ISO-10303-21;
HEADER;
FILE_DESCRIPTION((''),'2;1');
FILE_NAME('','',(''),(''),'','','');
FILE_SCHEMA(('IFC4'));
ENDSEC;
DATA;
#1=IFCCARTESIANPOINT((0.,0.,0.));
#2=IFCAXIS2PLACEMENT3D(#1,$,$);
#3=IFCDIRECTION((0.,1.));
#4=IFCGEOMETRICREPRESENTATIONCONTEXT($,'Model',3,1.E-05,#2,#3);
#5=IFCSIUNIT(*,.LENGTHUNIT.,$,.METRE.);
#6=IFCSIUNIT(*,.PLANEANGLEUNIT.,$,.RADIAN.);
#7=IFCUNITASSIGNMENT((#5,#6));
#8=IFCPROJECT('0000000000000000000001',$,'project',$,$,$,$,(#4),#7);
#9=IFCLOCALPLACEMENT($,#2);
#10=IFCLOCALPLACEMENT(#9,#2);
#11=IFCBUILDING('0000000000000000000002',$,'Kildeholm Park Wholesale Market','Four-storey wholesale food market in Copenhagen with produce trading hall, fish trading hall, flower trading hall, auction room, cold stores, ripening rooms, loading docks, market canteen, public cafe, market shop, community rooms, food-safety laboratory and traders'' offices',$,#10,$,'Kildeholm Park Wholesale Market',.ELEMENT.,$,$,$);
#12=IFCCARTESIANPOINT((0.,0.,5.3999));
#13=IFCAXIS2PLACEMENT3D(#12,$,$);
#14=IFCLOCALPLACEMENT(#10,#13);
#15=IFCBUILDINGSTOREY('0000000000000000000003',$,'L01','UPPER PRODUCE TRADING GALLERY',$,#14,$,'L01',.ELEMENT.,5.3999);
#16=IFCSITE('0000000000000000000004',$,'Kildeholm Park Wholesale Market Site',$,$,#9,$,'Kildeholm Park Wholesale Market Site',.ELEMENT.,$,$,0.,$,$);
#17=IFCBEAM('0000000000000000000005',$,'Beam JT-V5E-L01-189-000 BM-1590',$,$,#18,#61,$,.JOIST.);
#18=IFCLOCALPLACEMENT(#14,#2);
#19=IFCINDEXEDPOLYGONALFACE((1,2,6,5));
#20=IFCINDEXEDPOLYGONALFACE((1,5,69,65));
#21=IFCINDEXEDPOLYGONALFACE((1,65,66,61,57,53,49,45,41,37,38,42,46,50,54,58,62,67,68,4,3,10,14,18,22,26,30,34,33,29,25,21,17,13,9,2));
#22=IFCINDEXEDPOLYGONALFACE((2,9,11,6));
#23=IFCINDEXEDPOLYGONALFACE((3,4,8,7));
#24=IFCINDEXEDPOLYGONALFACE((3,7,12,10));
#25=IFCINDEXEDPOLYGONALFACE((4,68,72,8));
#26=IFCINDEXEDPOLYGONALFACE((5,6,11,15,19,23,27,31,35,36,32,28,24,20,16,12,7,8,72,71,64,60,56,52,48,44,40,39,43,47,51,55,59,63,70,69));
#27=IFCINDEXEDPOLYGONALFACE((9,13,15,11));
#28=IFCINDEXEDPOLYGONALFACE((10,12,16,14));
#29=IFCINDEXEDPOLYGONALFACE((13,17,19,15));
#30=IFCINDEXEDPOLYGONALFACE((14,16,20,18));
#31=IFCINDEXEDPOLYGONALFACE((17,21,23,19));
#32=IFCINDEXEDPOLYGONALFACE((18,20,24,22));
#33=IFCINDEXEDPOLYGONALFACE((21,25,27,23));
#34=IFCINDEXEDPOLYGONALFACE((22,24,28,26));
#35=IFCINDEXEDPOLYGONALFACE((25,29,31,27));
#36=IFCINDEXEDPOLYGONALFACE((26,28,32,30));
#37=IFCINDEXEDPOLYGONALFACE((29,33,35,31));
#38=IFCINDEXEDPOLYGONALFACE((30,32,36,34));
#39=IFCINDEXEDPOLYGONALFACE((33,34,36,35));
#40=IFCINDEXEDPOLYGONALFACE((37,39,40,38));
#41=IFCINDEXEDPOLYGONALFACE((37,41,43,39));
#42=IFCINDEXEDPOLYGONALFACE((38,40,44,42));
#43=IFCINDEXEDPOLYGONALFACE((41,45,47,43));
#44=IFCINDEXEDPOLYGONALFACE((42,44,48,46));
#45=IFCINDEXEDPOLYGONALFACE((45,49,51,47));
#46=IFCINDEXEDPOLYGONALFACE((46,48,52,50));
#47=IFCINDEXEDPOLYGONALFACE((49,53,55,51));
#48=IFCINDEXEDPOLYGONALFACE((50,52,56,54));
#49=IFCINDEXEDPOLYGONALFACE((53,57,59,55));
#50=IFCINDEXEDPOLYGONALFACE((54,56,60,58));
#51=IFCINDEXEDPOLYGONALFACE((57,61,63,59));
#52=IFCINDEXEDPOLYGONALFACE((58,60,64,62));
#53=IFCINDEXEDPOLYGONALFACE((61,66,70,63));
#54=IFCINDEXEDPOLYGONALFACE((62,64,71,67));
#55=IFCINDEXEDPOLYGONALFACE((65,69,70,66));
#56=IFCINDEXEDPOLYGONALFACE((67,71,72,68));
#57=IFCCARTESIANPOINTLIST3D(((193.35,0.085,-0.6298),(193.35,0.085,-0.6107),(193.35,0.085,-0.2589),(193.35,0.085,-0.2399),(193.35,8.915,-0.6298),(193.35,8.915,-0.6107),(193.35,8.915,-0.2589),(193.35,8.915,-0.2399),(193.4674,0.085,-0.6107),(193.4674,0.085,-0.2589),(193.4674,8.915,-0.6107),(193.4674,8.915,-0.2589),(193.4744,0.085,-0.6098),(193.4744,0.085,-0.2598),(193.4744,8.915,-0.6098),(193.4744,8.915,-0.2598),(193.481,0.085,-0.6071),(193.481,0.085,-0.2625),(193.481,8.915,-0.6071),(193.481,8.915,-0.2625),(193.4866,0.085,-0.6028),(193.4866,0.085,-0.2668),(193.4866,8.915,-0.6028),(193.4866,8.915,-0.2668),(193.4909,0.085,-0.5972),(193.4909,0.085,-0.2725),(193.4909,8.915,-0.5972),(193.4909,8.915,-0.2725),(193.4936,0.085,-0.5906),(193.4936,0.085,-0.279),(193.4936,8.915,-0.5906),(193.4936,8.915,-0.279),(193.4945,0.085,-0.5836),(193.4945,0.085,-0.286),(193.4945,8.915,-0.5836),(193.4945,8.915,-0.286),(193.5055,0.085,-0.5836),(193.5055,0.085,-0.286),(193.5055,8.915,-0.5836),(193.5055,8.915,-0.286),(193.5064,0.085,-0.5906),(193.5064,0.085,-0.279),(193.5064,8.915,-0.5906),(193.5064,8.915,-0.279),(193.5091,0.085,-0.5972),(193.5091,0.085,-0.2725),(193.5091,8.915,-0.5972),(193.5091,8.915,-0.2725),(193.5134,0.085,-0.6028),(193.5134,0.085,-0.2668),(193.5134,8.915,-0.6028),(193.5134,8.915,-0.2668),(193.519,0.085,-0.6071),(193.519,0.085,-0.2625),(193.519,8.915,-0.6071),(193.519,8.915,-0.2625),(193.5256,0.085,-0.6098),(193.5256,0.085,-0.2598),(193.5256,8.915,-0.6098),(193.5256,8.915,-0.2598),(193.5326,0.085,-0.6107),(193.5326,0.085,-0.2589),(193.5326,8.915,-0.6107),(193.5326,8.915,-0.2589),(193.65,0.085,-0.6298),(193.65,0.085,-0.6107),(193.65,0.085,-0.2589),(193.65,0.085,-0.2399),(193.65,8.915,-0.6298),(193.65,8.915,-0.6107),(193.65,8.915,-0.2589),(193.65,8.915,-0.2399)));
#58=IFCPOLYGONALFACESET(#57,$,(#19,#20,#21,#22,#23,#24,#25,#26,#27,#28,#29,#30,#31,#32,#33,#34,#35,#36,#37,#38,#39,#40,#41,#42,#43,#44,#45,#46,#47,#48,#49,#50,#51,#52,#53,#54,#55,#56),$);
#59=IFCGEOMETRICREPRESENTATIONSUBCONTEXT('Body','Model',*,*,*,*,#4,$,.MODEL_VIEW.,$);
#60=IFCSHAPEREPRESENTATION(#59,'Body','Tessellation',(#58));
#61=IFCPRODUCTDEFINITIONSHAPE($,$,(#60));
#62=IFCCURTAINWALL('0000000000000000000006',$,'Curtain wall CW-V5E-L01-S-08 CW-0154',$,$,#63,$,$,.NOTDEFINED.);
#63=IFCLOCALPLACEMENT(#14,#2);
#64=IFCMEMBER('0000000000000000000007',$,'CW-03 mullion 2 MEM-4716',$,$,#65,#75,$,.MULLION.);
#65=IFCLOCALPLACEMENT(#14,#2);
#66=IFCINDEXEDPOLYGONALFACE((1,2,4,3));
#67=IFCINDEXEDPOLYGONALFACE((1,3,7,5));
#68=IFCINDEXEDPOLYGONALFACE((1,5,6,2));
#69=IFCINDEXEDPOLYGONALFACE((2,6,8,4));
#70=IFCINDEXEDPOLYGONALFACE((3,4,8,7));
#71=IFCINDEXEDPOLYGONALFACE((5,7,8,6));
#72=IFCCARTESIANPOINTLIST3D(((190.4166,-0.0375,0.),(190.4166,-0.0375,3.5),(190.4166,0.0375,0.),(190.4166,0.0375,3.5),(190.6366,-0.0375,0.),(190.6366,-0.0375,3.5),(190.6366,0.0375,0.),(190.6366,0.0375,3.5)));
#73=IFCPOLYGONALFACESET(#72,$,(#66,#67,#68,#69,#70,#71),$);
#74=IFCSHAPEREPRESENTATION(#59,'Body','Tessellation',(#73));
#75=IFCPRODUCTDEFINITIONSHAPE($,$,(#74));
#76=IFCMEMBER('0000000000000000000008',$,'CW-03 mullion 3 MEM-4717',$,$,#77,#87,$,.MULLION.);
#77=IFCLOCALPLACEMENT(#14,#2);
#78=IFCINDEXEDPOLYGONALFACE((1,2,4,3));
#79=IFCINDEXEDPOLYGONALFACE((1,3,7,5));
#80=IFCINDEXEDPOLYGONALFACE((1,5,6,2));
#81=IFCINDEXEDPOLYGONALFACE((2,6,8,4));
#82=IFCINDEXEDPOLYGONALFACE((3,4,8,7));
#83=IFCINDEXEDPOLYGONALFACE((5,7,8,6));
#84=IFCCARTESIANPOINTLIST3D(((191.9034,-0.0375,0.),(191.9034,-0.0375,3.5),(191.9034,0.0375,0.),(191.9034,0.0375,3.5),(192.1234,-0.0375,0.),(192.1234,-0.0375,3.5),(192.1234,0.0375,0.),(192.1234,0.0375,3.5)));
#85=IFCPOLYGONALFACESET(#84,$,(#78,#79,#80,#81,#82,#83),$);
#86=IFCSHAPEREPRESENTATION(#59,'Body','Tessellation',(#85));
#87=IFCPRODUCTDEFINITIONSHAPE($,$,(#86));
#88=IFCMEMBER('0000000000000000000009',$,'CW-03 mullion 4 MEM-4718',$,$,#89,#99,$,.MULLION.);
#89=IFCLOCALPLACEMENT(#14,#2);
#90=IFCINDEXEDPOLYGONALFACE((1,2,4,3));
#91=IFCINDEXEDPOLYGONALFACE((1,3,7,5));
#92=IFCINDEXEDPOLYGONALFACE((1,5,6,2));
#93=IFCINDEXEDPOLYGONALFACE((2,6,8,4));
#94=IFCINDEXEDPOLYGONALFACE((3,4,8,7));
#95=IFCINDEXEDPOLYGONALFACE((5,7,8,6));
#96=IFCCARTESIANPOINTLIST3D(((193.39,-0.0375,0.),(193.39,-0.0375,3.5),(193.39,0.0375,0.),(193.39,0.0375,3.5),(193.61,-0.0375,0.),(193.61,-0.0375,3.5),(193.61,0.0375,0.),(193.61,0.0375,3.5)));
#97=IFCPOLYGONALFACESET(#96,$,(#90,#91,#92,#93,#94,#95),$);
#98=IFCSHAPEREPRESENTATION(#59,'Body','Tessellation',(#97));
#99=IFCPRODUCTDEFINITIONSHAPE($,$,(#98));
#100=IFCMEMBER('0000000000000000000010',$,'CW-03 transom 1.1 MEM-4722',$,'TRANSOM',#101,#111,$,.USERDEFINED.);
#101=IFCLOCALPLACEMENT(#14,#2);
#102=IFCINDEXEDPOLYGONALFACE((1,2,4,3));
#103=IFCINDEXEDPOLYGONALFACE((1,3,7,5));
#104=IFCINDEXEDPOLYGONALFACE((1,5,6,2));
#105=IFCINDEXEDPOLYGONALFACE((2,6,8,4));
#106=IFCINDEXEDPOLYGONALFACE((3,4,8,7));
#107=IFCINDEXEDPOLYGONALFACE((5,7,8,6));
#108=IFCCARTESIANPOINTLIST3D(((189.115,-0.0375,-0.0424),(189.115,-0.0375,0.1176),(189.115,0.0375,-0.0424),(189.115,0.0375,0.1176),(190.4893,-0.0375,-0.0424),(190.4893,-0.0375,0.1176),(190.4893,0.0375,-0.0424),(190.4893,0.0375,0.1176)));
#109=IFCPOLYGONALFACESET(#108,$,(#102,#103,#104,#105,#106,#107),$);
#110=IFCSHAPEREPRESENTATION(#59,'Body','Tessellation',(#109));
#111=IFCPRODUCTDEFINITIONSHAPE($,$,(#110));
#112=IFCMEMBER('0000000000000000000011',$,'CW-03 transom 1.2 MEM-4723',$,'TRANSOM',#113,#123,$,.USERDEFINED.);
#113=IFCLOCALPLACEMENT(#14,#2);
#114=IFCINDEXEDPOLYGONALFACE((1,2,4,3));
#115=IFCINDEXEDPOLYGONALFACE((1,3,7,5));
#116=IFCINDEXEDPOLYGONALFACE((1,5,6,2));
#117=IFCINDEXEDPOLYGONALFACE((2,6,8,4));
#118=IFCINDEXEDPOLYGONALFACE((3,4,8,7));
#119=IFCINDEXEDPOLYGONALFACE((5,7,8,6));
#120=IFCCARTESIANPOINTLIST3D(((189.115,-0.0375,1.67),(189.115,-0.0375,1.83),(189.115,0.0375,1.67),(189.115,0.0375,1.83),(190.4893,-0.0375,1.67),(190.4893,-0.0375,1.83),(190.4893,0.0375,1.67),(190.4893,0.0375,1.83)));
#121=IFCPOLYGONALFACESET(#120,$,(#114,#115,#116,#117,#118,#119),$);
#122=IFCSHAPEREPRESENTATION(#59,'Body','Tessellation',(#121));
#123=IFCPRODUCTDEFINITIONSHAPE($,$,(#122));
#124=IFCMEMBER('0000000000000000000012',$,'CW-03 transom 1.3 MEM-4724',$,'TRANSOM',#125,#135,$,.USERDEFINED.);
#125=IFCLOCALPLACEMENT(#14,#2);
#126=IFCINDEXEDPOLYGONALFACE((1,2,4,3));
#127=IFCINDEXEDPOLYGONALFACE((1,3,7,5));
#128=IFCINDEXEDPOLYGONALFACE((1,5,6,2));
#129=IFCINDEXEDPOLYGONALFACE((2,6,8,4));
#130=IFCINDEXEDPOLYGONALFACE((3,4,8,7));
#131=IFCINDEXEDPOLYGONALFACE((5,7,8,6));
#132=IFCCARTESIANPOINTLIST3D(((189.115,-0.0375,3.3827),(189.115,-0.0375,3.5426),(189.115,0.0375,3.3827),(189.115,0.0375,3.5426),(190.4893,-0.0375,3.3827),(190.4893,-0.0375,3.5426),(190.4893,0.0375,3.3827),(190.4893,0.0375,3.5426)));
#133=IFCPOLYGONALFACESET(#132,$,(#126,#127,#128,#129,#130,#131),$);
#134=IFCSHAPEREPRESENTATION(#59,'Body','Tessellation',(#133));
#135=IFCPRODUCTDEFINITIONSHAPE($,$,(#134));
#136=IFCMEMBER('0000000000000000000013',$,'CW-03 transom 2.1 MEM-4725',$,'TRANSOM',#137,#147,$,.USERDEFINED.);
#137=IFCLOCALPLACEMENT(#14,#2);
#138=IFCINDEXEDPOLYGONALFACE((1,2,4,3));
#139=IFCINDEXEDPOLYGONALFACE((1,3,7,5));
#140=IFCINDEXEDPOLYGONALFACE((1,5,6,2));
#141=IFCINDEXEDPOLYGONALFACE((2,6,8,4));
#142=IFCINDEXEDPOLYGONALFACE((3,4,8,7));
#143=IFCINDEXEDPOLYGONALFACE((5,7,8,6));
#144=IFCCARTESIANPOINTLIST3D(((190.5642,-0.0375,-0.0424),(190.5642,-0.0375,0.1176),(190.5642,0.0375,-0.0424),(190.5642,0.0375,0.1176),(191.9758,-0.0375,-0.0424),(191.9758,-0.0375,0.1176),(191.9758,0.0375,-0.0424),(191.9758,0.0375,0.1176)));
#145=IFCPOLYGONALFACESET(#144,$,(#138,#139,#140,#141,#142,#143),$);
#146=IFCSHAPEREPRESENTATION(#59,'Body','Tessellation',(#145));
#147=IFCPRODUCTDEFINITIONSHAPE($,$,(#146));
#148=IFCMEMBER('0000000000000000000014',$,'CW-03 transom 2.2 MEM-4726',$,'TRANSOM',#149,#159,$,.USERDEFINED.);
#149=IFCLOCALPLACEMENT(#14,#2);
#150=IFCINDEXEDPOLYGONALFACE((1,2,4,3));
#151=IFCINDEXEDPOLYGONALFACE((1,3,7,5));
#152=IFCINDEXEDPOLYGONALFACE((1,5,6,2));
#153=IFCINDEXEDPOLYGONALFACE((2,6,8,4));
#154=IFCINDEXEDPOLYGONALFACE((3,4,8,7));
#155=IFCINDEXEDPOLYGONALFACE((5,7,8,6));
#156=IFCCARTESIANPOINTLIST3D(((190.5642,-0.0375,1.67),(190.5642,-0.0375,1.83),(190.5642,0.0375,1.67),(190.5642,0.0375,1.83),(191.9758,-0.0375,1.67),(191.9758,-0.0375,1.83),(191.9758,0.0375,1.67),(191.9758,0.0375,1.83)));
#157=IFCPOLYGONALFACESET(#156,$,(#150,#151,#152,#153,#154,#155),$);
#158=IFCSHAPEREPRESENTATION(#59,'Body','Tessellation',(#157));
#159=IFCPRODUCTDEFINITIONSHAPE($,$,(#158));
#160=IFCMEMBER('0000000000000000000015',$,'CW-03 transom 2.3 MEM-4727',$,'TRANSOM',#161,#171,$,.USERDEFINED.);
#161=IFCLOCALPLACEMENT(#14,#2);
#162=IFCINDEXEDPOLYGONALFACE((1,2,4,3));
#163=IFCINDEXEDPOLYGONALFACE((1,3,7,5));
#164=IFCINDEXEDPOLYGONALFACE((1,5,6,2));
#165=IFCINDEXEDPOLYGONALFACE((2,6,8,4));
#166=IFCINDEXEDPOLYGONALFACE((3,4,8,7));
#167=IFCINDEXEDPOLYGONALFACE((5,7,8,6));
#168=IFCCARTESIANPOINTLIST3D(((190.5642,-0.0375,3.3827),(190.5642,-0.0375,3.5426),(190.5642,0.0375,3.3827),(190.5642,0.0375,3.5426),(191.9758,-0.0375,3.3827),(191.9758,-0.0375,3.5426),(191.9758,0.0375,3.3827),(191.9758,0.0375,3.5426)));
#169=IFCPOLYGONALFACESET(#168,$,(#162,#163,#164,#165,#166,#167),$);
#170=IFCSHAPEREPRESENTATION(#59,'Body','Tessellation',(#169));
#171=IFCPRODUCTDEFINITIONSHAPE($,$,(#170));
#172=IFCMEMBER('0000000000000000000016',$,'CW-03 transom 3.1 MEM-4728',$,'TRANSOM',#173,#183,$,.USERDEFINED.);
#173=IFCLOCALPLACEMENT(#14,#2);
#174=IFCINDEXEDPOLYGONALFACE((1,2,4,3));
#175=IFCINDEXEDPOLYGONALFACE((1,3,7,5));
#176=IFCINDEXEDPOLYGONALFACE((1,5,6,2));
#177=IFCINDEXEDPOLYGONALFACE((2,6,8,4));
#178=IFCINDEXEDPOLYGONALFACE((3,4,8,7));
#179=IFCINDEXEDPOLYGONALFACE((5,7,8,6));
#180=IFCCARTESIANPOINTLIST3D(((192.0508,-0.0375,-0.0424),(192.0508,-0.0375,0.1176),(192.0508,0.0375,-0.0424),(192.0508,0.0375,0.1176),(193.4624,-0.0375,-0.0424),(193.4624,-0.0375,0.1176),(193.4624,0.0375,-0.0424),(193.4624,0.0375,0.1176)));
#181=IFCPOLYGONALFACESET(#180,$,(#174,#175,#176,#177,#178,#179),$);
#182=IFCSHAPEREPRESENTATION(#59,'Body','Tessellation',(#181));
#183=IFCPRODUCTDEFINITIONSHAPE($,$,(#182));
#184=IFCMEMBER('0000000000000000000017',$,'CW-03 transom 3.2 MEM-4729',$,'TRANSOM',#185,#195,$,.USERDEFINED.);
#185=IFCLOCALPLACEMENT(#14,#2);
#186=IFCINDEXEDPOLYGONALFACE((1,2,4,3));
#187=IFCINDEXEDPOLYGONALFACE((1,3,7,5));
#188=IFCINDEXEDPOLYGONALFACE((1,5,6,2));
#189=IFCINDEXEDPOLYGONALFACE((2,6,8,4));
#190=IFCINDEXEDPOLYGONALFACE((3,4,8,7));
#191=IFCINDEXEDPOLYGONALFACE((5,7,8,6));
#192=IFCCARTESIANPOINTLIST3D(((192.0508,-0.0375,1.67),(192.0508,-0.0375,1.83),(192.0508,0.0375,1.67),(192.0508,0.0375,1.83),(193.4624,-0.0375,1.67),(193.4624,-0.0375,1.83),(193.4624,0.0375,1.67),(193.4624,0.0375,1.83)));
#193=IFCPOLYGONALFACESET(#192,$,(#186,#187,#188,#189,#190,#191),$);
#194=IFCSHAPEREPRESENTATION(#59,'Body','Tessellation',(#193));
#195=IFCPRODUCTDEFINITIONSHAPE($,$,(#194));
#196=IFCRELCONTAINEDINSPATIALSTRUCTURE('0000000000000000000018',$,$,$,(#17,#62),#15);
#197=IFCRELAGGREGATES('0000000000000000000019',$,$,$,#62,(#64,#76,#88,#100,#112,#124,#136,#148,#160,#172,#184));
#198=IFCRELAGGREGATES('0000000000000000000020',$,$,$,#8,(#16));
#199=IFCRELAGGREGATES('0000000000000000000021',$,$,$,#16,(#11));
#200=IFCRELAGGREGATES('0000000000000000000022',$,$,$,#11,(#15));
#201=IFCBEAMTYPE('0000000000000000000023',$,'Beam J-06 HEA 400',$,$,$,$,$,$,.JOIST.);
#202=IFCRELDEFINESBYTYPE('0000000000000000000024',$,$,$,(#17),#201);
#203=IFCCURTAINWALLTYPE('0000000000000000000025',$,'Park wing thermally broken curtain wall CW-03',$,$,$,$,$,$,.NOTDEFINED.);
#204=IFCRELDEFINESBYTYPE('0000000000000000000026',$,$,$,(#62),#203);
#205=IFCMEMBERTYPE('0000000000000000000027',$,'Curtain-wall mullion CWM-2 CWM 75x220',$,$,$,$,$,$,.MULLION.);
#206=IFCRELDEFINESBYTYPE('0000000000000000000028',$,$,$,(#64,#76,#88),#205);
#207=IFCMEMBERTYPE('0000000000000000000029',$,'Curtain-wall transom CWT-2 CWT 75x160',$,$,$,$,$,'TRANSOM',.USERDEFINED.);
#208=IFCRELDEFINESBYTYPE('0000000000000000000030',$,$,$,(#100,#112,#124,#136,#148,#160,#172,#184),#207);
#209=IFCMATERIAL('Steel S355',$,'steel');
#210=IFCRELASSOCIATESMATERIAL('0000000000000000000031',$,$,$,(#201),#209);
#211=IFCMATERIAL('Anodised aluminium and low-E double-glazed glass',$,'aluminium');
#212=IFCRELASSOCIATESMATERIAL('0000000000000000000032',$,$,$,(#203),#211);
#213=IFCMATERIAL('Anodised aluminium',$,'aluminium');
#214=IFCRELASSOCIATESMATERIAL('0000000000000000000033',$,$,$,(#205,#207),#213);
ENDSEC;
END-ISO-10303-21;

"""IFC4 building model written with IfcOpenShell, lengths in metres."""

from ifc_helpers import new_model, si_unit, direction, frame, origin, origin_2d, place, context, subcontext, project, spatial, rectangle, i_section, extrude, material, material_profile, profile_set, type_object, element, aggregate, save


model = new_model("IFC4")

# Units and contexts
model_context = context("Model", 3, precision=1e-05, world=origin(), true_north=direction((0.0, 1.0)))
body_context = subcontext(model_context, "Body", "Model", "MODEL_VIEW")
ifc_project = project(units=[si_unit("LENGTHUNIT", "METRE"), si_unit("PLANEANGLEUNIT", "RADIAN")], contexts=[model_context])

# Site, building, storey
site_placement = place(None, origin())
site = spatial("IfcSite", under=ifc_project, at=site_placement, Name="Kildeholm Park Wholesale Market Site", LongName="Kildeholm Park Wholesale Market Site", CompositionType="ELEMENT", RefElevation=0.0)
building_placement = place(site_placement, origin())
building = spatial("IfcBuilding", under=site, at=building_placement, Name="Kildeholm Park Wholesale Market", Description="Four-storey wholesale food market in Copenhagen with produce trading hall, fish trading hall, flower trading hall, auction room, cold stores, ripening rooms, loading docks, market canteen, public cafe, market shop, community rooms, food-safety laboratory and traders' offices", LongName="Kildeholm Park Wholesale Market", CompositionType="ELEMENT")
storey_placement = place(building_placement, frame((0.0, 0.0, 5.3999)))
storey = spatial("IfcBuildingStorey", under=building, at=storey_placement, Name="L01", Description="UPPER PRODUCE TRADING GALLERY", LongName="L01", CompositionType="ELEMENT", Elevation=5.3999)

# Beam
ifc_material_1 = material(Name="Steel S355", Category="steel")
ifc_material_profile_1 = material_profile(ifc_material_1, i_section(OverallWidth=0.3, OverallDepth=0.3899, WebThickness=0.011, FlangeThickness=0.019, FilletRadius=0.0271, at=origin_2d()), Name="HEA 400")
ifc_profile_set_1 = profile_set([ifc_material_profile_1], Name="Steel S355")
beam_type = type_object("IfcBeamType", Name="Beam J-06 HEA 400", PredefinedType="JOIST", material=ifc_profile_set_1)
beam_placement = place(storey_placement, frame((193.5, 0.085, -0.4348), z_axis=(0.0, 1.0, 0.0), x_axis=(-1.0, 0.0, 0.0)))
element("IfcBeam", 1, at=beam_placement, inside=storey, type_object=beam_type, Name="Beam JT-V5E-L01-189-000 BM-1590", PredefinedType="JOIST", context=body_context, shape_type="SweptSolid", body=[
    extrude(i_section(OverallWidth=0.3, OverallDepth=0.3899, WebThickness=0.011, FlangeThickness=0.019, FilletRadius=0.0271, at=origin_2d()), origin(), (0.0, 0.0, 1.0), 8.8301),
])

# Curtain wall, members
ifc_material_2 = material(Name="Anodised aluminium and low-E double-glazed glass", Category="aluminium")
curtain_wall_type = type_object("IfcCurtainWallType", Name="Park wing thermally broken curtain wall CW-03", PredefinedType="NOTDEFINED", material=ifc_material_2)
curtain_wall_placement = place(storey_placement, origin())
curtain_wall = element("IfcCurtainWall", 2, at=curtain_wall_placement, inside=storey, type_object=curtain_wall_type, Name="Curtain wall CW-V5E-L01-S-08 CW-0154", PredefinedType="NOTDEFINED")
ifc_material_3 = material(Name="Anodised aluminium", Category="aluminium")
ifc_material_profile_2 = material_profile(ifc_material_3, rectangle(XDim=0.075, YDim=0.22, at=origin_2d()), Name="CWM 75x220")
ifc_profile_set_2 = profile_set([ifc_material_profile_2], Name="Anodised aluminium")
member_type_1 = type_object("IfcMemberType", Name="Curtain-wall mullion CWM-2 CWM 75x220", PredefinedType="MULLION", material=ifc_profile_set_2)
member_1_placement = place(storey_placement, frame((190.5266, 0.0, 0.0), z_axis=(0.0, 0.0, 1.0), x_axis=(0.0, 1.0, 0.0)))
member_1 = element("IfcMember", 3, at=member_1_placement, type_object=member_type_1, Name="CW-03 mullion 2 MEM-4716", PredefinedType="MULLION", context=body_context, shape_type="SweptSolid", body=[
    extrude(rectangle(XDim=0.075, YDim=0.22, at=origin_2d()), origin(), (0.0, 0.0, 1.0), 3.5),
])
member_2_placement = place(storey_placement, frame((192.0134, 0.0, 0.0), z_axis=(0.0, 0.0, 1.0), x_axis=(0.0, 1.0, 0.0)))
member_2 = element("IfcMember", 4, at=member_2_placement, type_object=member_type_1, Name="CW-03 mullion 3 MEM-4717", PredefinedType="MULLION", context=body_context, shape_type="SweptSolid", body=[
    extrude(rectangle(XDim=0.075, YDim=0.22, at=origin_2d()), origin(), (0.0, 0.0, 1.0), 3.5),
])
member_3_placement = place(storey_placement, frame((193.5, 0.0, 0.0), z_axis=(0.0, 0.0, 1.0), x_axis=(0.0, 1.0, 0.0)))
member_3 = element("IfcMember", 5, at=member_3_placement, type_object=member_type_1, Name="CW-03 mullion 4 MEM-4718", PredefinedType="MULLION", context=body_context, shape_type="SweptSolid", body=[
    extrude(rectangle(XDim=0.075, YDim=0.22, at=origin_2d()), origin(), (0.0, 0.0, 1.0), 3.5),
])
ifc_material_profile_3 = material_profile(ifc_material_3, rectangle(XDim=0.075, YDim=0.1599, at=origin_2d()), Name="CWT 75x160")
ifc_profile_set_3 = profile_set([ifc_material_profile_3], Name="Anodised aluminium")
member_type_2 = type_object("IfcMemberType", Name="Curtain-wall transom CWT-2 CWT 75x160", ElementType="TRANSOM", PredefinedType="USERDEFINED", material=ifc_profile_set_3)
member_4_placement = place(storey_placement, frame((189.115, 0.0, 0.0376), z_axis=(1.0, 0.0, 0.0), x_axis=(0.0, 1.0, 0.0)))
member_4 = element("IfcMember", 6, at=member_4_placement, type_object=member_type_2, Name="CW-03 transom 1.1 MEM-4722", ObjectType="TRANSOM", PredefinedType="USERDEFINED", context=body_context, shape_type="SweptSolid", body=[
    extrude(rectangle(XDim=0.075, YDim=0.1599, at=origin_2d()), origin(), (0.0, 0.0, 1.0), 1.3743),
])
member_5_placement = place(storey_placement, frame((189.115, 0.0, 1.75), z_axis=(1.0, 0.0, 0.0), x_axis=(0.0, 1.0, 0.0)))
member_5 = element("IfcMember", 7, at=member_5_placement, type_object=member_type_2, Name="CW-03 transom 1.2 MEM-4723", ObjectType="TRANSOM", PredefinedType="USERDEFINED", context=body_context, shape_type="SweptSolid", body=[
    extrude(rectangle(XDim=0.075, YDim=0.1599, at=origin_2d()), origin(), (0.0, 0.0, 1.0), 1.3743),
])
member_6_placement = place(storey_placement, frame((189.115, 0.0, 3.4626), z_axis=(1.0, 0.0, 0.0), x_axis=(0.0, 1.0, 0.0)))
member_6 = element("IfcMember", 8, at=member_6_placement, type_object=member_type_2, Name="CW-03 transom 1.3 MEM-4724", ObjectType="TRANSOM", PredefinedType="USERDEFINED", context=body_context, shape_type="SweptSolid", body=[
    extrude(rectangle(XDim=0.075, YDim=0.1599, at=origin_2d()), origin(), (0.0, 0.0, 1.0), 1.3743),
])
member_7_placement = place(storey_placement, frame((190.5642, 0.0, 0.0376), z_axis=(1.0, 0.0, 0.0), x_axis=(0.0, 1.0, 0.0)))
member_7 = element("IfcMember", 9, at=member_7_placement, type_object=member_type_2, Name="CW-03 transom 2.1 MEM-4725", ObjectType="TRANSOM", PredefinedType="USERDEFINED", context=body_context, shape_type="SweptSolid", body=[
    extrude(rectangle(XDim=0.075, YDim=0.1599, at=origin_2d()), origin(), (0.0, 0.0, 1.0), 1.4116),
])
member_8_placement = place(storey_placement, frame((190.5642, 0.0, 1.75), z_axis=(1.0, 0.0, 0.0), x_axis=(0.0, 1.0, 0.0)))
member_8 = element("IfcMember", 10, at=member_8_placement, type_object=member_type_2, Name="CW-03 transom 2.2 MEM-4726", ObjectType="TRANSOM", PredefinedType="USERDEFINED", context=body_context, shape_type="SweptSolid", body=[
    extrude(rectangle(XDim=0.075, YDim=0.1599, at=origin_2d()), origin(), (0.0, 0.0, 1.0), 1.4116),
])
member_9_placement = place(storey_placement, frame((190.5642, 0.0, 3.4626), z_axis=(1.0, 0.0, 0.0), x_axis=(0.0, 1.0, 0.0)))
member_9 = element("IfcMember", 11, at=member_9_placement, type_object=member_type_2, Name="CW-03 transom 2.3 MEM-4727", ObjectType="TRANSOM", PredefinedType="USERDEFINED", context=body_context, shape_type="SweptSolid", body=[
    extrude(rectangle(XDim=0.075, YDim=0.1599, at=origin_2d()), origin(), (0.0, 0.0, 1.0), 1.4116),
])
member_10_placement = place(storey_placement, frame((192.0508, 0.0, 0.0376), z_axis=(1.0, 0.0, 0.0), x_axis=(0.0, 1.0, 0.0)))
member_10 = element("IfcMember", 12, at=member_10_placement, type_object=member_type_2, Name="CW-03 transom 3.1 MEM-4728", ObjectType="TRANSOM", PredefinedType="USERDEFINED", context=body_context, shape_type="SweptSolid", body=[
    extrude(rectangle(XDim=0.075, YDim=0.1599, at=origin_2d()), origin(), (0.0, 0.0, 1.0), 1.4116),
])
member_11_placement = place(storey_placement, frame((192.0508, 0.0, 1.75), z_axis=(1.0, 0.0, 0.0), x_axis=(0.0, 1.0, 0.0)))
member_11 = element("IfcMember", 13, at=member_11_placement, type_object=member_type_2, Name="CW-03 transom 3.2 MEM-4729", ObjectType="TRANSOM", PredefinedType="USERDEFINED", context=body_context, shape_type="SweptSolid", body=[
    extrude(rectangle(XDim=0.075, YDim=0.1599, at=origin_2d()), origin(), (0.0, 0.0, 1.0), 1.4116),
])
aggregate(curtain_wall, [member_1, member_2, member_3, member_4, member_5, member_6, member_7, member_8, member_9, member_10, member_11])

save(model, "model.ifc")
